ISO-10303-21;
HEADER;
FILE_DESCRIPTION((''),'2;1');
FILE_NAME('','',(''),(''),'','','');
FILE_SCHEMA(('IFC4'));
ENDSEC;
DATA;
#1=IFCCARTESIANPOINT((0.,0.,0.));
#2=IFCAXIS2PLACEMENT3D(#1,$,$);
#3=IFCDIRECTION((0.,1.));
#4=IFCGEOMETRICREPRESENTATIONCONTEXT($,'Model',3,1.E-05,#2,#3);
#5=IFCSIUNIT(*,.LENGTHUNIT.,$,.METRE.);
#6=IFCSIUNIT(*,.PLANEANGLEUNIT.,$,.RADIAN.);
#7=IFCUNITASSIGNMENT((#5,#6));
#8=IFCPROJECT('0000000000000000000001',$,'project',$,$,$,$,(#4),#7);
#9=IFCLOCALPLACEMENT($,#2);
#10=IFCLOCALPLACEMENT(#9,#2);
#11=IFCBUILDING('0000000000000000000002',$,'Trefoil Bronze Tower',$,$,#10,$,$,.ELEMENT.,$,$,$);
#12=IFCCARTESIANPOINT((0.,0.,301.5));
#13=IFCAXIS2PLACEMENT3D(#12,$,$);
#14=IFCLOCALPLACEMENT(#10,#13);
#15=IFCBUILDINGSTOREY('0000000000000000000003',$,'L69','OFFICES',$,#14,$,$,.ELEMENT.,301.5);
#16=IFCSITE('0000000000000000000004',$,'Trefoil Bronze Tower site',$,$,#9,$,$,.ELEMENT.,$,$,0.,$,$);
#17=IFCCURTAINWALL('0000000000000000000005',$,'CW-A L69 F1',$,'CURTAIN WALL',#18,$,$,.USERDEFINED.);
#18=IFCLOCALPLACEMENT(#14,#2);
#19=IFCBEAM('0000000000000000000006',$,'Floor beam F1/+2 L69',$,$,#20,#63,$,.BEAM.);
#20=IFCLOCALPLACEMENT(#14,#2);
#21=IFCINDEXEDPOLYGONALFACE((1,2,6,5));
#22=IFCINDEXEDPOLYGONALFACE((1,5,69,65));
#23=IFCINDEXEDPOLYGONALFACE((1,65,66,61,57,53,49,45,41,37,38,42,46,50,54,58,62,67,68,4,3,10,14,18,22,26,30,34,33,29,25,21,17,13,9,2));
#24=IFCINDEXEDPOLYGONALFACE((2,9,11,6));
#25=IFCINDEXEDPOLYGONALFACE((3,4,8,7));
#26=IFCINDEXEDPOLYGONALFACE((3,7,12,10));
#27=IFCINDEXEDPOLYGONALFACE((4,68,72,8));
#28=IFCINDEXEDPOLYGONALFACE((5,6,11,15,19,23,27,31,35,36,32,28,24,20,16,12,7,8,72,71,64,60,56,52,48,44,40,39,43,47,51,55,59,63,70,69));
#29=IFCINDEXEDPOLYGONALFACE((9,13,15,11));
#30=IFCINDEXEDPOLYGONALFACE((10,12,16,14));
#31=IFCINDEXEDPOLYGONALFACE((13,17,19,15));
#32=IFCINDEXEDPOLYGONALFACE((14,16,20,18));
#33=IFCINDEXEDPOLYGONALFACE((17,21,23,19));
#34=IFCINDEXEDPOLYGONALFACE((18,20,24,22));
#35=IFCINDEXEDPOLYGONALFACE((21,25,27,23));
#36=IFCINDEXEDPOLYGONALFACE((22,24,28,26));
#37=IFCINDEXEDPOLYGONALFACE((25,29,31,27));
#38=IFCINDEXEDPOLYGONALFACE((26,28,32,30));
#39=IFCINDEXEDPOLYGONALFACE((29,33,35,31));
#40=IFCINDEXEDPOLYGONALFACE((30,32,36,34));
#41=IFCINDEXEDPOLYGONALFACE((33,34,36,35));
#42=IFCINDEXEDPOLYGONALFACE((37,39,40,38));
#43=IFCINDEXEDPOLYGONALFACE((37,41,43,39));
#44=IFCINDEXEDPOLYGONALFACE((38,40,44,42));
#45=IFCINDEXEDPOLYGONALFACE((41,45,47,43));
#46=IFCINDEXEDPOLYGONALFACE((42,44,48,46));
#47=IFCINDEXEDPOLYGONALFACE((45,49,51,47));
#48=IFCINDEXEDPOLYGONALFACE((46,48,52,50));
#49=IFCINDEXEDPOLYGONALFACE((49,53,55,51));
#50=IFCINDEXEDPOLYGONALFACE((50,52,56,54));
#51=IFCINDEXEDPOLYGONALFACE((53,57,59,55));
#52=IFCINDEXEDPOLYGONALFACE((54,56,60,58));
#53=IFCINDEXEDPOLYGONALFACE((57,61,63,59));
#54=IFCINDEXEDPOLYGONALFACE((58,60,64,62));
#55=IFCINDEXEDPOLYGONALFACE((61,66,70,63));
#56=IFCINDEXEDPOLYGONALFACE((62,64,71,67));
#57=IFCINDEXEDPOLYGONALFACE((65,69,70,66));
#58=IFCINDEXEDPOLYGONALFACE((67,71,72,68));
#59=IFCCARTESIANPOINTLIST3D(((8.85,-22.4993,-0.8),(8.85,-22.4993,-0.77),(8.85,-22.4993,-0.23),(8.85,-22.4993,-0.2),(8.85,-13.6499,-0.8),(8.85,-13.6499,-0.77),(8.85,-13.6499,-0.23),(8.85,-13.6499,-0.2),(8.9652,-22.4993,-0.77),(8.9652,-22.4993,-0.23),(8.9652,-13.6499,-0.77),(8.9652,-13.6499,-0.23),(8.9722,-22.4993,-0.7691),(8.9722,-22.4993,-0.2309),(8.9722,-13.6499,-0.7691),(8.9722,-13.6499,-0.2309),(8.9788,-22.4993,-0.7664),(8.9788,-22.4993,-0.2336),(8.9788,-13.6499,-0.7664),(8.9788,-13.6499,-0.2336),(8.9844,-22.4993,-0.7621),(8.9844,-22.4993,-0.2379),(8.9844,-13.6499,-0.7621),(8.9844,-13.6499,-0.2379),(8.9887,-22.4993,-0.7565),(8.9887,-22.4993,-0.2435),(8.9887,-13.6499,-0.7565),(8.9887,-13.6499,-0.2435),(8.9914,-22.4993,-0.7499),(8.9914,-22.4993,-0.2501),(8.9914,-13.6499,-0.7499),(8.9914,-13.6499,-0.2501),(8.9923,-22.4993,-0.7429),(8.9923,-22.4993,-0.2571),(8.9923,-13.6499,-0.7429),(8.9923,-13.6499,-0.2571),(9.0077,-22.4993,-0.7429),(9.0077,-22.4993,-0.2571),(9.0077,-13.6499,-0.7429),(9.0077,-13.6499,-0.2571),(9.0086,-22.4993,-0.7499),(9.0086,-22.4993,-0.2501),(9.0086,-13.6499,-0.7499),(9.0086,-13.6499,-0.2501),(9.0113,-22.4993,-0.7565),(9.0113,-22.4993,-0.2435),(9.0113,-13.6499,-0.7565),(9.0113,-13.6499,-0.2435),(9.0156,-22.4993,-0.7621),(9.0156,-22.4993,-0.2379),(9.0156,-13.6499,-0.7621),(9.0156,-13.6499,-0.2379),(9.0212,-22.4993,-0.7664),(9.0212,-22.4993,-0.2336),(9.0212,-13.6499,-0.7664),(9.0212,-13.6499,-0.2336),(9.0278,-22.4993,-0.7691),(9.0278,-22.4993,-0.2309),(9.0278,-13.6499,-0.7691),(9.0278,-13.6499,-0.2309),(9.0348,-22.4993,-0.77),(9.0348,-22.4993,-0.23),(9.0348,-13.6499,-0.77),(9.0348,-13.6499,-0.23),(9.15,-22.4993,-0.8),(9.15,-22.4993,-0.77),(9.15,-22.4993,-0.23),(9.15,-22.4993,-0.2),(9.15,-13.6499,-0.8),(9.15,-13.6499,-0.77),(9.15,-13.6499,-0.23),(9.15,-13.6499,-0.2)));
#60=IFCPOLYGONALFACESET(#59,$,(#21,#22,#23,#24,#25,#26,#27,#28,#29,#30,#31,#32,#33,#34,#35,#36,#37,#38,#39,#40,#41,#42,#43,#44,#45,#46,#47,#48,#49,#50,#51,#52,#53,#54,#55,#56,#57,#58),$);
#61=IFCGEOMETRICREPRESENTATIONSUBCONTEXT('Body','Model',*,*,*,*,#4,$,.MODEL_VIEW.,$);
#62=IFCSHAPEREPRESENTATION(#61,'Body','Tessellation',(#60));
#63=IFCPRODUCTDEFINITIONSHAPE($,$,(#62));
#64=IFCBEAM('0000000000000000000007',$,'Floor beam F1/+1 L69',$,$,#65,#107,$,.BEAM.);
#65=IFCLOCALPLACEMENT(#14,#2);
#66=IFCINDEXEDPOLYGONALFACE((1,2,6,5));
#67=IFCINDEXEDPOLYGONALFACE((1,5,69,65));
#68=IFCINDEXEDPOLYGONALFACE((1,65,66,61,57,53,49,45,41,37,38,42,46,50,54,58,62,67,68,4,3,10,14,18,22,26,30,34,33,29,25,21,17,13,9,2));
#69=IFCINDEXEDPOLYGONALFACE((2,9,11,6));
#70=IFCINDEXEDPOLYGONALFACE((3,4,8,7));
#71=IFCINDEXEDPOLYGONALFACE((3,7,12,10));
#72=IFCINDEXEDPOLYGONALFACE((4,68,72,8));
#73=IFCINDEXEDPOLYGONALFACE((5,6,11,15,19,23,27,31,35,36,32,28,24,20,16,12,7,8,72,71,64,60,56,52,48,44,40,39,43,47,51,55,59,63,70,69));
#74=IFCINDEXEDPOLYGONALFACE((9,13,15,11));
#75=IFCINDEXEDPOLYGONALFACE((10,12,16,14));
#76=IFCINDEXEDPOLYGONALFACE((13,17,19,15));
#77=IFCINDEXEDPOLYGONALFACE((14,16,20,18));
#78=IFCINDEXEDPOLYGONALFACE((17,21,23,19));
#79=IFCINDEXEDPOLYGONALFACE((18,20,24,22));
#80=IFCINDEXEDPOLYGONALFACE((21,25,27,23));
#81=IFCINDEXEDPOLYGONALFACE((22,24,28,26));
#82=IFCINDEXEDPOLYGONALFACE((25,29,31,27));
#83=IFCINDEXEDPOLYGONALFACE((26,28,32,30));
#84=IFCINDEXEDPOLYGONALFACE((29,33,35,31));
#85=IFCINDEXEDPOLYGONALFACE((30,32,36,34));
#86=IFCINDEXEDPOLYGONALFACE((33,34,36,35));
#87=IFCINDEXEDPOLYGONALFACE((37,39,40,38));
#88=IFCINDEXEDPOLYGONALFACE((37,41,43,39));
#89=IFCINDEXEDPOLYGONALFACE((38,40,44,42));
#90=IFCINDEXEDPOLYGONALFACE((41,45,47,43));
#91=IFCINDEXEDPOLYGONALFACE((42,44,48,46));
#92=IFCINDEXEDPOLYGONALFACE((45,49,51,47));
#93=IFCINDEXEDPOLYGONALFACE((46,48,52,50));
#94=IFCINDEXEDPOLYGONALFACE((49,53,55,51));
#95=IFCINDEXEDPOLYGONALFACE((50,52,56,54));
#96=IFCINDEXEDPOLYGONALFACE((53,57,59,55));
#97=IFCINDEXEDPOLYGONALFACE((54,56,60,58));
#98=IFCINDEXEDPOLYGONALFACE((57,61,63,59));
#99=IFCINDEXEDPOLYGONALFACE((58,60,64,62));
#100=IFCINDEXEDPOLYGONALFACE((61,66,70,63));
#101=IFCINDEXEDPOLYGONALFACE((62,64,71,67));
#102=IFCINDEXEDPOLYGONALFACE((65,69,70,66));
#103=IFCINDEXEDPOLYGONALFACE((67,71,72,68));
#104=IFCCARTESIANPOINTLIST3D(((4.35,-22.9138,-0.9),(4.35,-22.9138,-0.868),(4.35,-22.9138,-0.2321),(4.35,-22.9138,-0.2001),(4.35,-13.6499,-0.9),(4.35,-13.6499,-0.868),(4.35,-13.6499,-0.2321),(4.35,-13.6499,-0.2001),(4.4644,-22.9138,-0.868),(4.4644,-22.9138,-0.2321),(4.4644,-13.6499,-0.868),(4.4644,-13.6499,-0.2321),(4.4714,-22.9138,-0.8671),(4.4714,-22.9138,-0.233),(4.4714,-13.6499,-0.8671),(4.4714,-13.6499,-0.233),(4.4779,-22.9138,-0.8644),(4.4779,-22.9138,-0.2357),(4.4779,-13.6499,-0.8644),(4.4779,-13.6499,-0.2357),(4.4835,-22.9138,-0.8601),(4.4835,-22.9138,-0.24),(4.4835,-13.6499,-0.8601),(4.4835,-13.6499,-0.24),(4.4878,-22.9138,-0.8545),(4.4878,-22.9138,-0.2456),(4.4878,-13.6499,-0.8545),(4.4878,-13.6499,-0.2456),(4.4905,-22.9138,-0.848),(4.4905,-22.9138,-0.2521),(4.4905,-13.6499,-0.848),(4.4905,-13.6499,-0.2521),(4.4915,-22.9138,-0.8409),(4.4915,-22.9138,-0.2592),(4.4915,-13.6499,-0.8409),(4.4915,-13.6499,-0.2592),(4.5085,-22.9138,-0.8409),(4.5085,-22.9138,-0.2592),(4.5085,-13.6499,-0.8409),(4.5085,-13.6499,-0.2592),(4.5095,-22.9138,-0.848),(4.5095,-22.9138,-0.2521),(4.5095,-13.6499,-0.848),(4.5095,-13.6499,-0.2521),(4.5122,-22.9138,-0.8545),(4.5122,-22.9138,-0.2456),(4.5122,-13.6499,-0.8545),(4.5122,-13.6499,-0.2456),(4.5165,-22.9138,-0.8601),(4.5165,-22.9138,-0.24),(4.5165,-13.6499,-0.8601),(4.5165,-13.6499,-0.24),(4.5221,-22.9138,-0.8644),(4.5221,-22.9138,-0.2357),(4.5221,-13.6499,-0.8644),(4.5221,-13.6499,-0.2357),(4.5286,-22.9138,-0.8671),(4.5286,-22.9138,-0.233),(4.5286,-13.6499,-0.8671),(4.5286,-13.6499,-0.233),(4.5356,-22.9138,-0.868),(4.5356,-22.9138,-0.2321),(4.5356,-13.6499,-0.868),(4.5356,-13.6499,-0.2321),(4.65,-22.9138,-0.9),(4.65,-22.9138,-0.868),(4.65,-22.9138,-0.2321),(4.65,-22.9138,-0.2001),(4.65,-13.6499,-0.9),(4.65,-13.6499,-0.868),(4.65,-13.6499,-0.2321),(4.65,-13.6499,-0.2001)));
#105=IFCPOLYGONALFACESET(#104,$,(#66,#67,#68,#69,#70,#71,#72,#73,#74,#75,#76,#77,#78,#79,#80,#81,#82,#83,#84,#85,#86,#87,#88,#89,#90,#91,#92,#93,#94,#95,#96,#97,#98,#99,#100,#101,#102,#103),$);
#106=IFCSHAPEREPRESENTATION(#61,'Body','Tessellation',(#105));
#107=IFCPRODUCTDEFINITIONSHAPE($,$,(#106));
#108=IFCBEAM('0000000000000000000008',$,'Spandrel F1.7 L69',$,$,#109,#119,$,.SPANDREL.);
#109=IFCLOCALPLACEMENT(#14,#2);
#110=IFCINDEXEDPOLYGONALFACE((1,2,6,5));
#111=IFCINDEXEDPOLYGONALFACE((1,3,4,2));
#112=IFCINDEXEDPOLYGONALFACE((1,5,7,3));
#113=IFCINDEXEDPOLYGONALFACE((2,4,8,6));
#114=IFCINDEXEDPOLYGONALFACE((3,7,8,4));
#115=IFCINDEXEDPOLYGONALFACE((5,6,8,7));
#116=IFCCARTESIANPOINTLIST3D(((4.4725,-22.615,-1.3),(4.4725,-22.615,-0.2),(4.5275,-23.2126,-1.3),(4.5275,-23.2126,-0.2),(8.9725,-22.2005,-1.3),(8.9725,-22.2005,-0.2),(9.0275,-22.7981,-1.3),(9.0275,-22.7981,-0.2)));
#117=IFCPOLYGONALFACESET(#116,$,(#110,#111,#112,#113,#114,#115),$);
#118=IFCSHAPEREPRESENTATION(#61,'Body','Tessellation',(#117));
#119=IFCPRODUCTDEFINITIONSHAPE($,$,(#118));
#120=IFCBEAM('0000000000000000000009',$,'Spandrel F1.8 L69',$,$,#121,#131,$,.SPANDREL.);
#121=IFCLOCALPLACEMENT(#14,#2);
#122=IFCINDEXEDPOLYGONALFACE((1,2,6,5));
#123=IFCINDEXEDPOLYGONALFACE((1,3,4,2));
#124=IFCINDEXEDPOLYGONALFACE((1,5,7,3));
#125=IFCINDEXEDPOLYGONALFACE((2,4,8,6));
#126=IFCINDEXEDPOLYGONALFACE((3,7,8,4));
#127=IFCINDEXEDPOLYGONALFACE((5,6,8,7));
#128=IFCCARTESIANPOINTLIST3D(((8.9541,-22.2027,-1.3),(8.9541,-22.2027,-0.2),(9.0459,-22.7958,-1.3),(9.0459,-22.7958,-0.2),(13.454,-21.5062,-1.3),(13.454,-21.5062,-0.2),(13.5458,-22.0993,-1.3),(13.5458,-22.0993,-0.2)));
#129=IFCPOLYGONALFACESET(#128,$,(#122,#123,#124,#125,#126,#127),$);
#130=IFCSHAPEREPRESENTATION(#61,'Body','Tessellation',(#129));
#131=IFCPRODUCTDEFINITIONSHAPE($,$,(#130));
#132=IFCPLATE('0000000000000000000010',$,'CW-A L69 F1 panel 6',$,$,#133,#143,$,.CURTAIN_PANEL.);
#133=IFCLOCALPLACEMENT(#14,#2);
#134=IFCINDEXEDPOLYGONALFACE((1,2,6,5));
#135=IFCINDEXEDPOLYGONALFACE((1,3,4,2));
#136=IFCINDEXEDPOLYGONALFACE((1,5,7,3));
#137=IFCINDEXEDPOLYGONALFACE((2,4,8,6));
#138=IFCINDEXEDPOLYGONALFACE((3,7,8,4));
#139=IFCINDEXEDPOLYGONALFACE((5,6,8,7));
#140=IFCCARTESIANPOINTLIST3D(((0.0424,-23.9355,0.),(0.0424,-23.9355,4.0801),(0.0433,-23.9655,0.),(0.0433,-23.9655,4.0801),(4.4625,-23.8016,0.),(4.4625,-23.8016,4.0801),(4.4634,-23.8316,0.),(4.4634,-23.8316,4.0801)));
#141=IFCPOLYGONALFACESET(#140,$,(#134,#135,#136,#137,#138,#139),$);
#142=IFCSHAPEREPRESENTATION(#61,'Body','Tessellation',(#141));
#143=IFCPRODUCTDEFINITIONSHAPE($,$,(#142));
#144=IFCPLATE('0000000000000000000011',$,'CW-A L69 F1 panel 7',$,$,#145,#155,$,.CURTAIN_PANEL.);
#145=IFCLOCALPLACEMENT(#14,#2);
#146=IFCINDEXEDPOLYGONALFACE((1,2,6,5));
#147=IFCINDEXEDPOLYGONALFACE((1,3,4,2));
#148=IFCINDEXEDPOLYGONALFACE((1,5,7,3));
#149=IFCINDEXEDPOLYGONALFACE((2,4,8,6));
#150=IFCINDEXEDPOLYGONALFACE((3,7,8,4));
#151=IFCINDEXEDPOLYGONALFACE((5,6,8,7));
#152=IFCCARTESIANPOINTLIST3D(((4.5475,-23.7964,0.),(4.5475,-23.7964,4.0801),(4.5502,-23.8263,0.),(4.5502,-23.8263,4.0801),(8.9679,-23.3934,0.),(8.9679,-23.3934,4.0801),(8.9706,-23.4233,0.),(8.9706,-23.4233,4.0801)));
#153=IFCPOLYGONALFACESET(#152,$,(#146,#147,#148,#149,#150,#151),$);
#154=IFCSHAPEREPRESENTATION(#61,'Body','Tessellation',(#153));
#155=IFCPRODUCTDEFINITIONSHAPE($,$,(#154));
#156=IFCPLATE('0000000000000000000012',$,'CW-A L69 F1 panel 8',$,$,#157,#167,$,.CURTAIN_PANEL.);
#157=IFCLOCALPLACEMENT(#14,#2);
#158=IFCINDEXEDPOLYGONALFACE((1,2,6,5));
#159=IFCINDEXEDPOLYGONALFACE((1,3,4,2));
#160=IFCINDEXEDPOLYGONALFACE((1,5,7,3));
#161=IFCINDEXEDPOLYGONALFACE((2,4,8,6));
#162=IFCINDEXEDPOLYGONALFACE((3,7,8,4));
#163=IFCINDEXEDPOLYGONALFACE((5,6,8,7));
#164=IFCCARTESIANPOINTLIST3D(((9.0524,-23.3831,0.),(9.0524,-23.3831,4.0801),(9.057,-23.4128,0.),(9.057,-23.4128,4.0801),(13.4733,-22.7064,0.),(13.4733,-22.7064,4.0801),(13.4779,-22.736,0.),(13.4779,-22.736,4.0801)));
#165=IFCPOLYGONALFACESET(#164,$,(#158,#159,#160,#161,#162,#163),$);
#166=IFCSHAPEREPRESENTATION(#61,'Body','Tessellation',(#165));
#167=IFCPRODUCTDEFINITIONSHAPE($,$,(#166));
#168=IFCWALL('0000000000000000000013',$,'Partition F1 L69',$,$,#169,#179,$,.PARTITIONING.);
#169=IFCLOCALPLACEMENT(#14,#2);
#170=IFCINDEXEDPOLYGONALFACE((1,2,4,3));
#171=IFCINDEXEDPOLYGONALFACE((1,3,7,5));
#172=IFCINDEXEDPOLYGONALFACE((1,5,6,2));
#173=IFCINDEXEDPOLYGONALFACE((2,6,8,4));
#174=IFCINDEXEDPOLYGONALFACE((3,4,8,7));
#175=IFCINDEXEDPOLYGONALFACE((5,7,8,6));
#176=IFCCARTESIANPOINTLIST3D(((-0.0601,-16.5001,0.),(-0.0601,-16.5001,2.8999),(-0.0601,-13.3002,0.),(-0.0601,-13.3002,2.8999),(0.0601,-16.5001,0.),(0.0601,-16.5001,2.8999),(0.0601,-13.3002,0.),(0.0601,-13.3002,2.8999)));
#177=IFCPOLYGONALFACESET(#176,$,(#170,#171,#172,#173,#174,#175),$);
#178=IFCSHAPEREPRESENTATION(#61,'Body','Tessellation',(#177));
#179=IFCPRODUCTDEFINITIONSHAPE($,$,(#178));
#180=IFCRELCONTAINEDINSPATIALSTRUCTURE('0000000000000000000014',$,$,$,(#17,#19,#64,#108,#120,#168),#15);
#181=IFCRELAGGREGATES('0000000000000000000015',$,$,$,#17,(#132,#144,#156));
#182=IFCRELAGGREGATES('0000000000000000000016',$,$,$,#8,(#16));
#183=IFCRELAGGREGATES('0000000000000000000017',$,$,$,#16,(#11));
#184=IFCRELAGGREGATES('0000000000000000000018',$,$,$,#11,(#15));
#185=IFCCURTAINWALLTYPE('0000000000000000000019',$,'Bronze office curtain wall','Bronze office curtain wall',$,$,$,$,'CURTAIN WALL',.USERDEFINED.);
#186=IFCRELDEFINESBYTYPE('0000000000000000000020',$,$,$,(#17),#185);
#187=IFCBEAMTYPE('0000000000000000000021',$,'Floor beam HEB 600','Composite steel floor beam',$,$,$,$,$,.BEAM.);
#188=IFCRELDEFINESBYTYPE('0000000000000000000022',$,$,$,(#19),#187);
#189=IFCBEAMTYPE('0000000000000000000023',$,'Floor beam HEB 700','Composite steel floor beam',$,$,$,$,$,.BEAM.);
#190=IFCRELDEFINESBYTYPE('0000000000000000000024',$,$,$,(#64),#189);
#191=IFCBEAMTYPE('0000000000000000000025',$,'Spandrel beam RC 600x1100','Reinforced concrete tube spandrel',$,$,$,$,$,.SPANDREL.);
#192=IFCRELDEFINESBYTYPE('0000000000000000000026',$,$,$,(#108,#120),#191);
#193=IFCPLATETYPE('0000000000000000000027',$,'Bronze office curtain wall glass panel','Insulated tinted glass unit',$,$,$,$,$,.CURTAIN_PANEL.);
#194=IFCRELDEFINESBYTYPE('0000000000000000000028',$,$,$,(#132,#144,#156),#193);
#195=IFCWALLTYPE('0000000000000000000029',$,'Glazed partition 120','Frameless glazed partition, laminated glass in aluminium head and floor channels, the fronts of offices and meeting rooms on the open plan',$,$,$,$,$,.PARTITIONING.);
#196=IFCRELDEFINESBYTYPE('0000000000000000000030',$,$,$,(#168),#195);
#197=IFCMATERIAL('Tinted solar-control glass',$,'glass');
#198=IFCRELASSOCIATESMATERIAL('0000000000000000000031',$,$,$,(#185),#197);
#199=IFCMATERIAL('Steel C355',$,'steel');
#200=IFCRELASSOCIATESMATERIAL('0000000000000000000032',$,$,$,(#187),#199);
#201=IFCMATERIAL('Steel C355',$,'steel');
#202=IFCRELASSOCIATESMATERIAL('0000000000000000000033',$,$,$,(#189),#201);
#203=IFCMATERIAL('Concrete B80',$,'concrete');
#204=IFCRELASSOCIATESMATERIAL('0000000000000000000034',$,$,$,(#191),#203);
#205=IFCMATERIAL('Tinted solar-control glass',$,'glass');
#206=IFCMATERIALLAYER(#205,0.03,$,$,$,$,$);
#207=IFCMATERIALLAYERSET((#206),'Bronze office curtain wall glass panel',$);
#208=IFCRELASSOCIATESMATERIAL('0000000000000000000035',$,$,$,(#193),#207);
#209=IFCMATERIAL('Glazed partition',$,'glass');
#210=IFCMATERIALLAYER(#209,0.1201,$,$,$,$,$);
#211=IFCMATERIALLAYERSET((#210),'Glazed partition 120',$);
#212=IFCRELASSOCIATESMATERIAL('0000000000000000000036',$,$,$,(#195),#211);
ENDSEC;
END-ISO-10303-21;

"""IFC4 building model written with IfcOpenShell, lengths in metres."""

from ifc_helpers import new_model, si_unit, direction, frame, frame_2d, origin, origin_2d, place, context, subcontext, project, spatial, rectangle, i_section, extrude, material, layer, layer_set, material_profile, profile_set, type_object, element, aggregate, save


model = new_model("IFC4")

# Units and contexts
model_context = context("Model", 3, precision=1e-05, world=origin(), true_north=direction((0.0, 1.0)))
body_context = subcontext(model_context, "Body", "Model", "MODEL_VIEW")
ifc_project = project(units=[si_unit("LENGTHUNIT", "METRE"), si_unit("PLANEANGLEUNIT", "RADIAN")], contexts=[model_context])

# Site, building, storey
site_placement = place(None, origin())
site = spatial("IfcSite", under=ifc_project, at=site_placement, Name="Trefoil Bronze Tower site", CompositionType="ELEMENT", RefElevation=0.0)
building_placement = place(site_placement, origin())
building = spatial("IfcBuilding", under=site, at=building_placement, Name="Trefoil Bronze Tower", CompositionType="ELEMENT")
storey_placement = place(building_placement, frame((0.0, 0.0, 301.5)))
storey = spatial("IfcBuildingStorey", under=building, at=storey_placement, Name="L69", Description="OFFICES", CompositionType="ELEMENT", Elevation=301.5)

# Curtain wall
ifc_material_1 = material(Name="Tinted solar-control glass", Category="glass")
curtain_wall_type = type_object("IfcCurtainWallType", Name="Bronze office curtain wall", Description="Bronze office curtain wall", ElementType="CURTAIN WALL", PredefinedType="USERDEFINED", material=ifc_material_1)
curtain_wall_placement = place(storey_placement, origin())
curtain_wall = element("IfcCurtainWall", 1, at=curtain_wall_placement, inside=storey, type_object=curtain_wall_type, Name="CW-A L69 F1", ObjectType="CURTAIN WALL", PredefinedType="USERDEFINED")

# Beams
ifc_material_2 = material(Name="Steel C355", Category="steel")
ifc_material_profile_1 = material_profile(ifc_material_2, i_section(OverallWidth=0.3, OverallDepth=0.6001, WebThickness=0.0154, FlangeThickness=0.03, FilletRadius=0.0271, at=origin_2d()), Name="HEB 600")
ifc_profile_set_1 = profile_set([ifc_material_profile_1], Name="Steel C355")
beam_type_1 = type_object("IfcBeamType", Name="Floor beam HEB 600", Description="Composite steel floor beam", PredefinedType="BEAM", material=ifc_profile_set_1)
beam_1_placement = place(storey_placement, frame((9.0, -22.4993, -0.5), z_axis=(0.0, 1.0, 0.0), x_axis=(-1.0, 0.0, 0.0)))
element("IfcBeam", 2, at=beam_1_placement, inside=storey, type_object=beam_type_1, Name="Floor beam F1/+2 L69", PredefinedType="BEAM", context=body_context, shape_type="SweptSolid", body=[
    extrude(i_section(OverallWidth=0.3, OverallDepth=0.6001, WebThickness=0.0154, FlangeThickness=0.03, FilletRadius=0.0271, at=origin_2d()), origin(), (0.0, 0.0, 1.0), 8.8494),
])
ifc_material_3 = material(Name="Steel C355", Category="steel")
ifc_material_profile_2 = material_profile(ifc_material_3, i_section(OverallWidth=0.3, OverallDepth=0.7, WebThickness=0.0171, FlangeThickness=0.032, FilletRadius=0.0271, at=origin_2d()), Name="HEB 700")
ifc_profile_set_2 = profile_set([ifc_material_profile_2], Name="Steel C355")
beam_type_2 = type_object("IfcBeamType", Name="Floor beam HEB 700", Description="Composite steel floor beam", PredefinedType="BEAM", material=ifc_profile_set_2)
beam_2_placement = place(storey_placement, frame((4.5, -22.9138, -0.55), z_axis=(0.0, 1.0, 0.0), x_axis=(-1.0, 0.0, 0.0)))
element("IfcBeam", 3, at=beam_2_placement, inside=storey, type_object=beam_type_2, Name="Floor beam F1/+1 L69", PredefinedType="BEAM", context=body_context, shape_type="SweptSolid", body=[
    extrude(i_section(OverallWidth=0.3, OverallDepth=0.7, WebThickness=0.0171, FlangeThickness=0.032, FilletRadius=0.0271, at=origin_2d()), origin(), (0.0, 0.0, 1.0), 9.2639),
])
ifc_material_4 = material(Name="Concrete B80", Category="concrete")
ifc_material_profile_3 = material_profile(ifc_material_4, rectangle(XDim=0.6001, YDim=1.1001, at=origin_2d()), Name="RC 600x1100")
ifc_profile_set_3 = profile_set([ifc_material_profile_3], Name="Concrete B80")
beam_type_3 = type_object("IfcBeamType", Name="Spandrel beam RC 600x1100", Description="Reinforced concrete tube spandrel", PredefinedType="SPANDREL", material=ifc_profile_set_3)
beam_3_placement = place(storey_placement, frame((4.5, -22.9138, -0.75), z_axis=(0.995784, 0.091734, 0.0), x_axis=(-0.091734, 0.995784, 0.0)))
element("IfcBeam", 4, at=beam_3_placement, inside=storey, type_object=beam_type_3, Name="Spandrel F1.7 L69", PredefinedType="SPANDREL", context=body_context, shape_type="SweptSolid", body=[
    extrude(rectangle(XDim=0.6001, YDim=1.1001, at=origin_2d()), origin(), (0.0, 0.0, 1.0), 4.519),
])
beam_4_placement = place(storey_placement, frame((9.0, -22.4993, -0.75), z_axis=(0.988232, 0.152964, 0.0), x_axis=(-0.152964, 0.988232, 0.0)))
element("IfcBeam", 5, at=beam_4_placement, inside=storey, type_object=beam_type_3, Name="Spandrel F1.8 L69", PredefinedType="SPANDREL", context=body_context, shape_type="SweptSolid", body=[
    extrude(rectangle(XDim=0.6001, YDim=1.1001, at=origin_2d()), origin(), (0.0, 0.0, 1.0), 4.5535),
])

# Plates
ifc_material_5 = material(Name="Tinted solar-control glass", Category="glass")
ifc_layer_1 = layer(ifc_material_5, 0.03)
ifc_layer_set_1 = layer_set([ifc_layer_1], Name="Bronze office curtain wall glass panel")
plate_type = type_object("IfcPlateType", Name="Bronze office curtain wall glass panel", Description="Insulated tinted glass unit", PredefinedType="CURTAIN_PANEL", material=ifc_layer_set_1)
plate_1_placement = place(storey_placement, frame((2.2529, -23.8835, 0.0), z_axis=(0.0, 0.0, 1.0), x_axis=(0.999542, 0.030263, 0.0)))
plate_1 = element("IfcPlate", 6, at=plate_1_placement, type_object=plate_type, Name="CW-A L69 F1 panel 6", PredefinedType="CURTAIN_PANEL", context=body_context, shape_type="SweptSolid", body=[
    extrude(rectangle(XDim=4.4221, YDim=0.03, at=origin_2d()), origin(), (0.0, 0.0, 1.0), 4.0801),
])
plate_2_placement = place(storey_placement, frame((6.759, -23.6099, 0.0), z_axis=(0.0, 0.0, 1.0), x_axis=(0.99587, 0.090789, 0.0)))
plate_2 = element("IfcPlate", 7, at=plate_2_placement, type_object=plate_type, Name="CW-A L69 F1 panel 7", PredefinedType="CURTAIN_PANEL", context=body_context, shape_type="SweptSolid", body=[
    extrude(rectangle(XDim=4.4387, YDim=0.03, at=origin_2d()), origin(), (0.0, 0.0, 1.0), 4.0801),
])
plate_3_placement = place(storey_placement, frame((11.2651, -23.0596, 0.0), z_axis=(0.0, 0.0, 1.0), x_axis=(0.988485, 0.151317, 0.0)))
plate_3 = element("IfcPlate", 8, at=plate_3_placement, type_object=plate_type, Name="CW-A L69 F1 panel 8", PredefinedType="CURTAIN_PANEL", context=body_context, shape_type="SweptSolid", body=[
    extrude(rectangle(XDim=4.4724, YDim=0.03, at=origin_2d()), origin(), (0.0, 0.0, 1.0), 4.0801),
])
aggregate(curtain_wall, [plate_1, plate_2, plate_3])

# Wall
ifc_material_6 = material(Name="Glazed partition", Category="glass")
ifc_layer_2 = layer(ifc_material_6, 0.1201)
ifc_layer_set_2 = layer_set([ifc_layer_2], Name="Glazed partition 120")
wall_type_1 = type_object("IfcWallType", Name="Glazed partition 120", Description="Frameless glazed partition, laminated glass in aluminium head and floor channels, the fronts of offices and meeting rooms on the open plan", PredefinedType="PARTITIONING", material=ifc_layer_set_2)
wall_1_placement = place(storey_placement, frame((0.0, -13.3, 0.0), z_axis=(0.0, 0.0, 1.0), x_axis=(0.0, -1.0, 0.0)))
element("IfcWall", 9, at=wall_1_placement, inside=storey, type_object=wall_type_1, Name="Partition F1 L69", PredefinedType="PARTITIONING", context=body_context, shape_type="SweptSolid", body=[
    extrude(rectangle(XDim=3.2, YDim=0.1201, at=frame_2d((1.6001, 0.0))), origin(), (0.0, 0.0, 1.0), 2.8999),
])

save(model, "model.ifc")
